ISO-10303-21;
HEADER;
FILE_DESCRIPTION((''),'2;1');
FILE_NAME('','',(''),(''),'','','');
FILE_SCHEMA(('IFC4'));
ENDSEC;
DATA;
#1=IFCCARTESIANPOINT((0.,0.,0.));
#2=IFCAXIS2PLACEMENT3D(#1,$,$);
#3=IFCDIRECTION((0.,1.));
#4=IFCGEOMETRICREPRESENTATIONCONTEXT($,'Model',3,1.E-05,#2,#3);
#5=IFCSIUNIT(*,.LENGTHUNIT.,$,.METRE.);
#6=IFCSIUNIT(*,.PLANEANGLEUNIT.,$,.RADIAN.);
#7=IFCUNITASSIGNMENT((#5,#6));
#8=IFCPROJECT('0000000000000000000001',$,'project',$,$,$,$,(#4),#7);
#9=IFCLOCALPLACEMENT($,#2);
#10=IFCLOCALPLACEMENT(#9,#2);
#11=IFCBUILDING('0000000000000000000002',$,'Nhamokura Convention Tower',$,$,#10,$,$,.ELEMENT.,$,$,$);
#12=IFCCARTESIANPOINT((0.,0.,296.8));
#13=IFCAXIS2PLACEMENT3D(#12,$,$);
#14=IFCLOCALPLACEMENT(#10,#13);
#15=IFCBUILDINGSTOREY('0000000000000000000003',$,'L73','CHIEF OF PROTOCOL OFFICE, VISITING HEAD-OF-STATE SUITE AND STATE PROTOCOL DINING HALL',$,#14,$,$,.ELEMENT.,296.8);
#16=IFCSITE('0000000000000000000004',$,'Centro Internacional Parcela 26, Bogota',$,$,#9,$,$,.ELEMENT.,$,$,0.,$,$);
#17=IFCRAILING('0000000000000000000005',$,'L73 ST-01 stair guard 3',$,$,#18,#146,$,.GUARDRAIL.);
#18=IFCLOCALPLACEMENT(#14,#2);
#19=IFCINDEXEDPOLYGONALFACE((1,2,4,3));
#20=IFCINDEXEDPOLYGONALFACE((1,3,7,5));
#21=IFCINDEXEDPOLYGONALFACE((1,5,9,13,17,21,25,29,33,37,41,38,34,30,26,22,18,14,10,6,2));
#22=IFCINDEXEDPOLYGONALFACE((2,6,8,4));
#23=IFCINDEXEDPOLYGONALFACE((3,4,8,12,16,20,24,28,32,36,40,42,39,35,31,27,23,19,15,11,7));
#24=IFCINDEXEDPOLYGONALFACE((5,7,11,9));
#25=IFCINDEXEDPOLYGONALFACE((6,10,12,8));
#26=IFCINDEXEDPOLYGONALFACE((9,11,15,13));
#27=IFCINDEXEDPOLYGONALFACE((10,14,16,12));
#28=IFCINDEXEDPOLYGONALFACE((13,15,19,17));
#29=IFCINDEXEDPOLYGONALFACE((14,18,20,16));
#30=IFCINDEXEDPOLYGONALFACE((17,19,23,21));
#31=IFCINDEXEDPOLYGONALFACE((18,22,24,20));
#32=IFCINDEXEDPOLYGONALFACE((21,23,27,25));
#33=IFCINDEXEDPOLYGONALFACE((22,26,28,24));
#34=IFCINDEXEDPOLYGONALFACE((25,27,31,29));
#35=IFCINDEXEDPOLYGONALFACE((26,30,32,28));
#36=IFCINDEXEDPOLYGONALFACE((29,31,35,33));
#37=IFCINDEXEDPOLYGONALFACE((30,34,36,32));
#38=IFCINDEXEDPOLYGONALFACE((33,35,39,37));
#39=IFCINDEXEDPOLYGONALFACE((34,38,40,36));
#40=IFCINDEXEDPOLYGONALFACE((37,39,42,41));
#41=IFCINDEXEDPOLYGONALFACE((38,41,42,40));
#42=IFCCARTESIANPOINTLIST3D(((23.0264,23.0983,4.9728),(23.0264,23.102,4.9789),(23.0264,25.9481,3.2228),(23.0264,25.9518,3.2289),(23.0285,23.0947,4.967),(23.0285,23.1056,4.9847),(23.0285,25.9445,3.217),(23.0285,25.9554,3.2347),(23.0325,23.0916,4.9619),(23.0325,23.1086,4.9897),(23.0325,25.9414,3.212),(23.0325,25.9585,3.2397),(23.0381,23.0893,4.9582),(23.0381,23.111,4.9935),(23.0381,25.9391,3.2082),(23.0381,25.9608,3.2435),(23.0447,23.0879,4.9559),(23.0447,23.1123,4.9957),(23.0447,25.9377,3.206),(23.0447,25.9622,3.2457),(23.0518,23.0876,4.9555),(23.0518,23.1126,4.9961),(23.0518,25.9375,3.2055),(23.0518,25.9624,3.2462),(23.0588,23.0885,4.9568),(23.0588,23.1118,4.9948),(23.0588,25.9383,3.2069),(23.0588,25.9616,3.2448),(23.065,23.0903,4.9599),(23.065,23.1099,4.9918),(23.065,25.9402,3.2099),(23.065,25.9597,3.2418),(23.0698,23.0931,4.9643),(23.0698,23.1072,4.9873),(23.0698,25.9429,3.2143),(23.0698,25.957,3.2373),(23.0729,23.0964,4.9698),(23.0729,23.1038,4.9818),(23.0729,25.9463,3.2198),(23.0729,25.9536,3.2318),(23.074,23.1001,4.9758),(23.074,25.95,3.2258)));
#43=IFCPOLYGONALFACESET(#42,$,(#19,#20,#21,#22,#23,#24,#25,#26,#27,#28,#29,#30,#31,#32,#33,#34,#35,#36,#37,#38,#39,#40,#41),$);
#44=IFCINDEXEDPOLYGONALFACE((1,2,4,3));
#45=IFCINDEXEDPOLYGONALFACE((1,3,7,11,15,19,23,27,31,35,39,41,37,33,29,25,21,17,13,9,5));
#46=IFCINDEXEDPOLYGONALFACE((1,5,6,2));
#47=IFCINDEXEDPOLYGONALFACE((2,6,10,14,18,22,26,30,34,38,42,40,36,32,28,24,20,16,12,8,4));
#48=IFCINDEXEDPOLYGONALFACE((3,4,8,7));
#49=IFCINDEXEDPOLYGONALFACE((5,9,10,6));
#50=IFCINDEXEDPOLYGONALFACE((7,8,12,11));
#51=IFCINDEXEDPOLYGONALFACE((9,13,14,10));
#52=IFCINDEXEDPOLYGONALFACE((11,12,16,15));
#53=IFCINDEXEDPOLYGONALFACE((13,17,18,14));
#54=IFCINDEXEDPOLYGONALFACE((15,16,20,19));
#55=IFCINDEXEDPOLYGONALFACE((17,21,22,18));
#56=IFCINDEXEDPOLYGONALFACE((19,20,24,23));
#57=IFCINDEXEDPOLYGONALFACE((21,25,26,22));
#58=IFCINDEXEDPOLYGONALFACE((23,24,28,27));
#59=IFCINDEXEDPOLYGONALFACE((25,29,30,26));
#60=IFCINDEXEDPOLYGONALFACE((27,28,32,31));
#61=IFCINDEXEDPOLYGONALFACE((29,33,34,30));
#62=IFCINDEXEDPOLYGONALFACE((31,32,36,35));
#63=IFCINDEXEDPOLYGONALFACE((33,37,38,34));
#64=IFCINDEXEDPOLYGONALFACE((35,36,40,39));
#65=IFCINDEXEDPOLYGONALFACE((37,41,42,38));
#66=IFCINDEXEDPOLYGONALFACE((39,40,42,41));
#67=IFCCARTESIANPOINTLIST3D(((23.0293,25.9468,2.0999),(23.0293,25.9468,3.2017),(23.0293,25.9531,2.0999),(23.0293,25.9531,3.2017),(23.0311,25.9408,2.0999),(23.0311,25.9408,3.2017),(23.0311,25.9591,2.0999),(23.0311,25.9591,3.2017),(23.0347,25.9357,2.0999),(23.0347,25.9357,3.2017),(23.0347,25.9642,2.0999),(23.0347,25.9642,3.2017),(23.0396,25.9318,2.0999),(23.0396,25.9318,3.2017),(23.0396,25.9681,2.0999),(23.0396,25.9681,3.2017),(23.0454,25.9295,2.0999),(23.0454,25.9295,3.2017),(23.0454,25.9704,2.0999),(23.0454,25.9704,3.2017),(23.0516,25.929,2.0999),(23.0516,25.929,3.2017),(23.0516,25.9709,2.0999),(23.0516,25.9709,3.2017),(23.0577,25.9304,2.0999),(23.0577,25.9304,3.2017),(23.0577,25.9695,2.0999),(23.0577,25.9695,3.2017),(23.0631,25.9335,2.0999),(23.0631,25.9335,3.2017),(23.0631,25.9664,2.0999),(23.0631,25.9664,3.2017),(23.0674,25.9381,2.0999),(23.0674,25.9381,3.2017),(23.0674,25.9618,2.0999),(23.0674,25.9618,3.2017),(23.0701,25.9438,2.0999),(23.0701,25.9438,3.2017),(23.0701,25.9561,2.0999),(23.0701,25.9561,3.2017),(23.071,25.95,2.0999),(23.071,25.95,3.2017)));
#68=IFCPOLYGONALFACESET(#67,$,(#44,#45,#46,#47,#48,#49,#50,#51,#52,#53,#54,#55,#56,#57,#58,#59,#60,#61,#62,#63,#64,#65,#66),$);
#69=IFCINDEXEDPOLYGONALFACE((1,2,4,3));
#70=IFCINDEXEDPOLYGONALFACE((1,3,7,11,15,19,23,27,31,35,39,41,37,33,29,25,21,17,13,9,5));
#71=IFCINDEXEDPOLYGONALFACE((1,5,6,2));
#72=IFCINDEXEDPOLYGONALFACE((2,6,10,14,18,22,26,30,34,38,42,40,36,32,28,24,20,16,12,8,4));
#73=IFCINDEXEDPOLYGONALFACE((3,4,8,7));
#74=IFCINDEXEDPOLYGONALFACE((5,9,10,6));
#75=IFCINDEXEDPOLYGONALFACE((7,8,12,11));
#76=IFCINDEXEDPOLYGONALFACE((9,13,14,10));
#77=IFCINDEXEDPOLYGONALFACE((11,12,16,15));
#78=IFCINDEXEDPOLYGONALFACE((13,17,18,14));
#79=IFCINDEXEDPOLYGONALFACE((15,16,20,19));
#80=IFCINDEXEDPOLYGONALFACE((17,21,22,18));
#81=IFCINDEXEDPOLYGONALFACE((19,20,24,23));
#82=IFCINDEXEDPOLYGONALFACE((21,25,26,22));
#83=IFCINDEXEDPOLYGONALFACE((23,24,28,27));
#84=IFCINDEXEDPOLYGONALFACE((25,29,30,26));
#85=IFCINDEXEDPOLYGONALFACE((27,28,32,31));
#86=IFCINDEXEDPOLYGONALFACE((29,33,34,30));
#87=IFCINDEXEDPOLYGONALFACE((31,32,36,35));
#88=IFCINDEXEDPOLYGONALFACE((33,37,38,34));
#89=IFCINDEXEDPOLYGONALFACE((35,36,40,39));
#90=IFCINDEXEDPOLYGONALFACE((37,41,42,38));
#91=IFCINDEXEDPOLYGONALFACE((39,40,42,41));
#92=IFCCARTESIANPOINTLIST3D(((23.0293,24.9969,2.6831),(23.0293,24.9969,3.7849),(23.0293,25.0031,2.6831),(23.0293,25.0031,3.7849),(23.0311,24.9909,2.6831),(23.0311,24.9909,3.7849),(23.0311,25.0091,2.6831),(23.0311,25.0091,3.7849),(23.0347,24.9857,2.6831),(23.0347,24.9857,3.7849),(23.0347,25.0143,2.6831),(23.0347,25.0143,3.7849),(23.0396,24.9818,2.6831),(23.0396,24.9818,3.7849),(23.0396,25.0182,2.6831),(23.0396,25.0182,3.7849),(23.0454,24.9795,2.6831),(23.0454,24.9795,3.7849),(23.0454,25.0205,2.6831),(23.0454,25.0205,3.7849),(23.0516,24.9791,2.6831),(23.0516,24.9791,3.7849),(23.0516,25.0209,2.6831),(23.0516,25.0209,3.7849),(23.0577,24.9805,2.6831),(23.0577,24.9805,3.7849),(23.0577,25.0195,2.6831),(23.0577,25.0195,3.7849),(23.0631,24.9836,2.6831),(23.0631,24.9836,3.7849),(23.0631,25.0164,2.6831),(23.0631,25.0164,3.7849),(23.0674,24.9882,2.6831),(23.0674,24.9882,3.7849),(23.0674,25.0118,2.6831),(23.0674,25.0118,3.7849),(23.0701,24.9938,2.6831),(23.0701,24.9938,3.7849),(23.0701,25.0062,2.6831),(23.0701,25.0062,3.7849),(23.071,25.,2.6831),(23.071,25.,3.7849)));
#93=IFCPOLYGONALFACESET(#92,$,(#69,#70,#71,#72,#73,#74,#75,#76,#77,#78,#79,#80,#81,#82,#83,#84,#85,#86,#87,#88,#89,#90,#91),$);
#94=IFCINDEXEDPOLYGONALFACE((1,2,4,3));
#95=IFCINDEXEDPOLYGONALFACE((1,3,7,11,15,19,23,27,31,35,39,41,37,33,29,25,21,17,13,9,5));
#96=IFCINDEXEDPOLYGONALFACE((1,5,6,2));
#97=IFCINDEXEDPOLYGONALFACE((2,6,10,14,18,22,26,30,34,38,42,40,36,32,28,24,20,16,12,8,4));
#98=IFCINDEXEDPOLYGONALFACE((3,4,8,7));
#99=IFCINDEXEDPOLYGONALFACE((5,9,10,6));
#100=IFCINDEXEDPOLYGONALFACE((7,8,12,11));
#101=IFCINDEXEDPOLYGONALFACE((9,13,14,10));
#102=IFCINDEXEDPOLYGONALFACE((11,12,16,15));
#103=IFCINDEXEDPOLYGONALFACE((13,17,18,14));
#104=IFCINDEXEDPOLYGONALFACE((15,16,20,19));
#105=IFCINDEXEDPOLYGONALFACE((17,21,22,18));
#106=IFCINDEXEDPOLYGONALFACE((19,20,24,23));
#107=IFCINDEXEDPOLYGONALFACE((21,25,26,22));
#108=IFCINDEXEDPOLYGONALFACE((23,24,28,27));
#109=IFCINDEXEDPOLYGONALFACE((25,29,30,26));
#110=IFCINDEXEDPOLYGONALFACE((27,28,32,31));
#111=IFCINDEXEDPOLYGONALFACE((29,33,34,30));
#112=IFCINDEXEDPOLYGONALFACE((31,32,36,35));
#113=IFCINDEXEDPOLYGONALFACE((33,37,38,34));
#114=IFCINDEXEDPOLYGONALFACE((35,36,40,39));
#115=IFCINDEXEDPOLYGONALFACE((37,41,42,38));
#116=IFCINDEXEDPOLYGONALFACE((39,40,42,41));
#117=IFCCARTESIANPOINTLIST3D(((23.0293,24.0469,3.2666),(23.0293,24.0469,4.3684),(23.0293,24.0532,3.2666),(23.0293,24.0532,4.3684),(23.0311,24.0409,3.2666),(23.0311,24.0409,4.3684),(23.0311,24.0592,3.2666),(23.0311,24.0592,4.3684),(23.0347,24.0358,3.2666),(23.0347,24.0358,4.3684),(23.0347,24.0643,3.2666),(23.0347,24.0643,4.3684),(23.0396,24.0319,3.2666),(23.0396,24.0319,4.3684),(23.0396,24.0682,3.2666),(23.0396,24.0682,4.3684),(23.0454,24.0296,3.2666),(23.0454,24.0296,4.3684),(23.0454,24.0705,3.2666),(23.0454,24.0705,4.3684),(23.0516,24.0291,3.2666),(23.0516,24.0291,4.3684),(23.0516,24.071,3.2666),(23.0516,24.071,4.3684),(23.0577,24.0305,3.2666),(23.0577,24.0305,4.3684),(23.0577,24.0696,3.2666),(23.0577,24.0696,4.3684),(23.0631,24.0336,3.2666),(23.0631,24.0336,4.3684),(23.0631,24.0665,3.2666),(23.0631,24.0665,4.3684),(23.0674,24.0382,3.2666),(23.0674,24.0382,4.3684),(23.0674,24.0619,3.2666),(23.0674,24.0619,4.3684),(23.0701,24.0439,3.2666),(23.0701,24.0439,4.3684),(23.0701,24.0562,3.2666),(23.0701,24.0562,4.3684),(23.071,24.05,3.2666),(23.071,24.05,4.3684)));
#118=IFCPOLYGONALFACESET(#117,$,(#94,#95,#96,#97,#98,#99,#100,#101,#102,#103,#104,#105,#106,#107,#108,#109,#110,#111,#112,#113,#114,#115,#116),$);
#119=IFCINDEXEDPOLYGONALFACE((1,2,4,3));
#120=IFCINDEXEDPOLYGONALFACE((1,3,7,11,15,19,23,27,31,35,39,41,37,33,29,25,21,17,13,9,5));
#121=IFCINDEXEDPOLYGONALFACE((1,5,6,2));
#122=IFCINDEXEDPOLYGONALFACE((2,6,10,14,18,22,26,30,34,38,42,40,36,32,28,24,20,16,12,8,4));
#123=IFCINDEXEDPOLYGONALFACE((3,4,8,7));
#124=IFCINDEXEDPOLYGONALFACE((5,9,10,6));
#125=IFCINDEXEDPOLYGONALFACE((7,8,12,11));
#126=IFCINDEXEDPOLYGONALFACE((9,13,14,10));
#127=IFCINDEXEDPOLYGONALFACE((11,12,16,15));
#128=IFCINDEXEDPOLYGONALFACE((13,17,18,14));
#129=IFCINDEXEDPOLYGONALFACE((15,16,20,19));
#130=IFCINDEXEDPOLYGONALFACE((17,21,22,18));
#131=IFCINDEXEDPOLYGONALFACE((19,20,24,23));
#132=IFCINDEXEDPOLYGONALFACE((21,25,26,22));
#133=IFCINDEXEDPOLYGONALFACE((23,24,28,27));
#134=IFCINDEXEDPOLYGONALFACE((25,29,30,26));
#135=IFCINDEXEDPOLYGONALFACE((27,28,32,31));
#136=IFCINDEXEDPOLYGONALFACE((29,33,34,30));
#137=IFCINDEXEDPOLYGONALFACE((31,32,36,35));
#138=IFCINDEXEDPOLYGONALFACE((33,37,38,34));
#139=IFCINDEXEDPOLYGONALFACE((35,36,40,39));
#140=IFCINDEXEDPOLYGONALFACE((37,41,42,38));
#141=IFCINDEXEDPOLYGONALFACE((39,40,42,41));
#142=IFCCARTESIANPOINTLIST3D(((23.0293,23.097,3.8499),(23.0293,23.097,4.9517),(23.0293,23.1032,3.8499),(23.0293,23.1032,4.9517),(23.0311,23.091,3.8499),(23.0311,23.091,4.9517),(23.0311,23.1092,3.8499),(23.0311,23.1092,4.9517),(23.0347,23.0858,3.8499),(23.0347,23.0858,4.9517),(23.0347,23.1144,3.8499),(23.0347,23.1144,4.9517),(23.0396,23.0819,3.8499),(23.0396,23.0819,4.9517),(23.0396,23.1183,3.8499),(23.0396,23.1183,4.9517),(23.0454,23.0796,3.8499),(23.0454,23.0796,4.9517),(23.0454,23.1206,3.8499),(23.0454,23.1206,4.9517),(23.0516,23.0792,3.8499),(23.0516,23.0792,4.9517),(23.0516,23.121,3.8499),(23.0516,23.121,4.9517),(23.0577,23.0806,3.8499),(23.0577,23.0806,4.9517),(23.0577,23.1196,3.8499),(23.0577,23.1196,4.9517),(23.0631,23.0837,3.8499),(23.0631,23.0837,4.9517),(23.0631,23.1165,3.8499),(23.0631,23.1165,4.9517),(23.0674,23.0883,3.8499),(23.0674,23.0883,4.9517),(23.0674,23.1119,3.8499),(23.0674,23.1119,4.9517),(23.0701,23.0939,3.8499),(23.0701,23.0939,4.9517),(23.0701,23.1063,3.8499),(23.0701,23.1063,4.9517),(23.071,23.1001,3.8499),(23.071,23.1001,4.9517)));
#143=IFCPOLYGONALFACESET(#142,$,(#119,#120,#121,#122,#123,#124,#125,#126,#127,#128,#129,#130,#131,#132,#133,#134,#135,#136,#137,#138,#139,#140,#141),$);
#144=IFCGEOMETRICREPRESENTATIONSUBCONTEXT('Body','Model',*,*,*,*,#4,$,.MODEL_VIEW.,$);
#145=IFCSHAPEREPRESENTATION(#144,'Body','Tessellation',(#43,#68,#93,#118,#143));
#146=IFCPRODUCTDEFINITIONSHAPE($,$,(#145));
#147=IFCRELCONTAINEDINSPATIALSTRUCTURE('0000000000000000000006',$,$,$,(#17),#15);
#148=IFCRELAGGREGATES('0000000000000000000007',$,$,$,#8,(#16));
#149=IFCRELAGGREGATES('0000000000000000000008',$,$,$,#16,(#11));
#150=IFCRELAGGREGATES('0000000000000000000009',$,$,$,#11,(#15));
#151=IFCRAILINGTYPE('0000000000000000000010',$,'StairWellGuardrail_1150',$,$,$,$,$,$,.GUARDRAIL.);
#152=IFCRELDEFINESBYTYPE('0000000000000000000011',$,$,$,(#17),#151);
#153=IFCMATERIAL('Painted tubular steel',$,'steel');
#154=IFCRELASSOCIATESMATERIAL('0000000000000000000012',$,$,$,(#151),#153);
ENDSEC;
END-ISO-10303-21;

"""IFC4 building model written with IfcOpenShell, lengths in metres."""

from ifc_helpers import new_model, si_unit, direction, frame, origin, origin_2d, place, context, subcontext, project, spatial, circle, extrude, material, type_object, element, save


model = new_model("IFC4")

# Units and contexts
model_context = context("Model", 3, precision=1e-05, world=origin(), true_north=direction((0.0, 1.0)))
body_context = subcontext(model_context, "Body", "Model", "MODEL_VIEW")
ifc_project = project(units=[si_unit("LENGTHUNIT", "METRE"), si_unit("PLANEANGLEUNIT", "RADIAN")], contexts=[model_context])

# Site, building, storey
site_placement = place(None, origin())
site = spatial("IfcSite", under=ifc_project, at=site_placement, Name="Centro Internacional Parcela 26, Bogota", CompositionType="ELEMENT", RefElevation=0.0)
building_placement = place(site_placement, origin())
building = spatial("IfcBuilding", under=site, at=building_placement, Name="Nhamokura Convention Tower", CompositionType="ELEMENT")
storey_placement = place(building_placement, frame((0.0, 0.0, 296.8)))
storey = spatial("IfcBuildingStorey", under=building, at=storey_placement, Name="L73", Description="CHIEF OF PROTOCOL OFFICE, VISITING HEAD-OF-STATE SUITE AND STATE PROTOCOL DINING HALL", CompositionType="ELEMENT", Elevation=296.8)

# Railing
ifc_material_1 = material(Name="Painted tubular steel", Category="steel")
railing_type_1 = type_object("IfcRailingType", Name="StairWellGuardrail_1150", PredefinedType="GUARDRAIL", material=ifc_material_1)
railing_1_placement = place(storey_placement, frame((23.05, 25.95, 2.0999)))
element("IfcRailing", 1, at=railing_1_placement, inside=storey, type_object=railing_type_1, Name="L73 ST-01 stair guard 3", PredefinedType="GUARDRAIL", context=body_context, shape_type="SweptSolid", body=[
    extrude(circle(Radius=0.0239, at=origin_2d()), frame((0.0, 0.0, 1.126), z_axis=(0.0, -0.852159, 0.523283), x_axis=(1.0, 0.0, 0.0)), (0.0, 0.0, 1.0), 3.3442),
    extrude(circle(Radius=0.021, at=origin_2d()), origin(), (0.0, 0.0, 1.0), 1.1018),
    extrude(circle(Radius=0.021, at=origin_2d()), frame((0.0, -0.95, 0.5833)), (0.0, 0.0, 1.0), 1.1018),
    extrude(circle(Radius=0.021, at=origin_2d()), frame((0.0, -1.8999, 1.1667)), (0.0, 0.0, 1.0), 1.1018),
    extrude(circle(Radius=0.021, at=origin_2d()), frame((0.0, -2.8499, 1.75)), (0.0, 0.0, 1.0), 1.1018),
])

save(model, "model.ifc")
